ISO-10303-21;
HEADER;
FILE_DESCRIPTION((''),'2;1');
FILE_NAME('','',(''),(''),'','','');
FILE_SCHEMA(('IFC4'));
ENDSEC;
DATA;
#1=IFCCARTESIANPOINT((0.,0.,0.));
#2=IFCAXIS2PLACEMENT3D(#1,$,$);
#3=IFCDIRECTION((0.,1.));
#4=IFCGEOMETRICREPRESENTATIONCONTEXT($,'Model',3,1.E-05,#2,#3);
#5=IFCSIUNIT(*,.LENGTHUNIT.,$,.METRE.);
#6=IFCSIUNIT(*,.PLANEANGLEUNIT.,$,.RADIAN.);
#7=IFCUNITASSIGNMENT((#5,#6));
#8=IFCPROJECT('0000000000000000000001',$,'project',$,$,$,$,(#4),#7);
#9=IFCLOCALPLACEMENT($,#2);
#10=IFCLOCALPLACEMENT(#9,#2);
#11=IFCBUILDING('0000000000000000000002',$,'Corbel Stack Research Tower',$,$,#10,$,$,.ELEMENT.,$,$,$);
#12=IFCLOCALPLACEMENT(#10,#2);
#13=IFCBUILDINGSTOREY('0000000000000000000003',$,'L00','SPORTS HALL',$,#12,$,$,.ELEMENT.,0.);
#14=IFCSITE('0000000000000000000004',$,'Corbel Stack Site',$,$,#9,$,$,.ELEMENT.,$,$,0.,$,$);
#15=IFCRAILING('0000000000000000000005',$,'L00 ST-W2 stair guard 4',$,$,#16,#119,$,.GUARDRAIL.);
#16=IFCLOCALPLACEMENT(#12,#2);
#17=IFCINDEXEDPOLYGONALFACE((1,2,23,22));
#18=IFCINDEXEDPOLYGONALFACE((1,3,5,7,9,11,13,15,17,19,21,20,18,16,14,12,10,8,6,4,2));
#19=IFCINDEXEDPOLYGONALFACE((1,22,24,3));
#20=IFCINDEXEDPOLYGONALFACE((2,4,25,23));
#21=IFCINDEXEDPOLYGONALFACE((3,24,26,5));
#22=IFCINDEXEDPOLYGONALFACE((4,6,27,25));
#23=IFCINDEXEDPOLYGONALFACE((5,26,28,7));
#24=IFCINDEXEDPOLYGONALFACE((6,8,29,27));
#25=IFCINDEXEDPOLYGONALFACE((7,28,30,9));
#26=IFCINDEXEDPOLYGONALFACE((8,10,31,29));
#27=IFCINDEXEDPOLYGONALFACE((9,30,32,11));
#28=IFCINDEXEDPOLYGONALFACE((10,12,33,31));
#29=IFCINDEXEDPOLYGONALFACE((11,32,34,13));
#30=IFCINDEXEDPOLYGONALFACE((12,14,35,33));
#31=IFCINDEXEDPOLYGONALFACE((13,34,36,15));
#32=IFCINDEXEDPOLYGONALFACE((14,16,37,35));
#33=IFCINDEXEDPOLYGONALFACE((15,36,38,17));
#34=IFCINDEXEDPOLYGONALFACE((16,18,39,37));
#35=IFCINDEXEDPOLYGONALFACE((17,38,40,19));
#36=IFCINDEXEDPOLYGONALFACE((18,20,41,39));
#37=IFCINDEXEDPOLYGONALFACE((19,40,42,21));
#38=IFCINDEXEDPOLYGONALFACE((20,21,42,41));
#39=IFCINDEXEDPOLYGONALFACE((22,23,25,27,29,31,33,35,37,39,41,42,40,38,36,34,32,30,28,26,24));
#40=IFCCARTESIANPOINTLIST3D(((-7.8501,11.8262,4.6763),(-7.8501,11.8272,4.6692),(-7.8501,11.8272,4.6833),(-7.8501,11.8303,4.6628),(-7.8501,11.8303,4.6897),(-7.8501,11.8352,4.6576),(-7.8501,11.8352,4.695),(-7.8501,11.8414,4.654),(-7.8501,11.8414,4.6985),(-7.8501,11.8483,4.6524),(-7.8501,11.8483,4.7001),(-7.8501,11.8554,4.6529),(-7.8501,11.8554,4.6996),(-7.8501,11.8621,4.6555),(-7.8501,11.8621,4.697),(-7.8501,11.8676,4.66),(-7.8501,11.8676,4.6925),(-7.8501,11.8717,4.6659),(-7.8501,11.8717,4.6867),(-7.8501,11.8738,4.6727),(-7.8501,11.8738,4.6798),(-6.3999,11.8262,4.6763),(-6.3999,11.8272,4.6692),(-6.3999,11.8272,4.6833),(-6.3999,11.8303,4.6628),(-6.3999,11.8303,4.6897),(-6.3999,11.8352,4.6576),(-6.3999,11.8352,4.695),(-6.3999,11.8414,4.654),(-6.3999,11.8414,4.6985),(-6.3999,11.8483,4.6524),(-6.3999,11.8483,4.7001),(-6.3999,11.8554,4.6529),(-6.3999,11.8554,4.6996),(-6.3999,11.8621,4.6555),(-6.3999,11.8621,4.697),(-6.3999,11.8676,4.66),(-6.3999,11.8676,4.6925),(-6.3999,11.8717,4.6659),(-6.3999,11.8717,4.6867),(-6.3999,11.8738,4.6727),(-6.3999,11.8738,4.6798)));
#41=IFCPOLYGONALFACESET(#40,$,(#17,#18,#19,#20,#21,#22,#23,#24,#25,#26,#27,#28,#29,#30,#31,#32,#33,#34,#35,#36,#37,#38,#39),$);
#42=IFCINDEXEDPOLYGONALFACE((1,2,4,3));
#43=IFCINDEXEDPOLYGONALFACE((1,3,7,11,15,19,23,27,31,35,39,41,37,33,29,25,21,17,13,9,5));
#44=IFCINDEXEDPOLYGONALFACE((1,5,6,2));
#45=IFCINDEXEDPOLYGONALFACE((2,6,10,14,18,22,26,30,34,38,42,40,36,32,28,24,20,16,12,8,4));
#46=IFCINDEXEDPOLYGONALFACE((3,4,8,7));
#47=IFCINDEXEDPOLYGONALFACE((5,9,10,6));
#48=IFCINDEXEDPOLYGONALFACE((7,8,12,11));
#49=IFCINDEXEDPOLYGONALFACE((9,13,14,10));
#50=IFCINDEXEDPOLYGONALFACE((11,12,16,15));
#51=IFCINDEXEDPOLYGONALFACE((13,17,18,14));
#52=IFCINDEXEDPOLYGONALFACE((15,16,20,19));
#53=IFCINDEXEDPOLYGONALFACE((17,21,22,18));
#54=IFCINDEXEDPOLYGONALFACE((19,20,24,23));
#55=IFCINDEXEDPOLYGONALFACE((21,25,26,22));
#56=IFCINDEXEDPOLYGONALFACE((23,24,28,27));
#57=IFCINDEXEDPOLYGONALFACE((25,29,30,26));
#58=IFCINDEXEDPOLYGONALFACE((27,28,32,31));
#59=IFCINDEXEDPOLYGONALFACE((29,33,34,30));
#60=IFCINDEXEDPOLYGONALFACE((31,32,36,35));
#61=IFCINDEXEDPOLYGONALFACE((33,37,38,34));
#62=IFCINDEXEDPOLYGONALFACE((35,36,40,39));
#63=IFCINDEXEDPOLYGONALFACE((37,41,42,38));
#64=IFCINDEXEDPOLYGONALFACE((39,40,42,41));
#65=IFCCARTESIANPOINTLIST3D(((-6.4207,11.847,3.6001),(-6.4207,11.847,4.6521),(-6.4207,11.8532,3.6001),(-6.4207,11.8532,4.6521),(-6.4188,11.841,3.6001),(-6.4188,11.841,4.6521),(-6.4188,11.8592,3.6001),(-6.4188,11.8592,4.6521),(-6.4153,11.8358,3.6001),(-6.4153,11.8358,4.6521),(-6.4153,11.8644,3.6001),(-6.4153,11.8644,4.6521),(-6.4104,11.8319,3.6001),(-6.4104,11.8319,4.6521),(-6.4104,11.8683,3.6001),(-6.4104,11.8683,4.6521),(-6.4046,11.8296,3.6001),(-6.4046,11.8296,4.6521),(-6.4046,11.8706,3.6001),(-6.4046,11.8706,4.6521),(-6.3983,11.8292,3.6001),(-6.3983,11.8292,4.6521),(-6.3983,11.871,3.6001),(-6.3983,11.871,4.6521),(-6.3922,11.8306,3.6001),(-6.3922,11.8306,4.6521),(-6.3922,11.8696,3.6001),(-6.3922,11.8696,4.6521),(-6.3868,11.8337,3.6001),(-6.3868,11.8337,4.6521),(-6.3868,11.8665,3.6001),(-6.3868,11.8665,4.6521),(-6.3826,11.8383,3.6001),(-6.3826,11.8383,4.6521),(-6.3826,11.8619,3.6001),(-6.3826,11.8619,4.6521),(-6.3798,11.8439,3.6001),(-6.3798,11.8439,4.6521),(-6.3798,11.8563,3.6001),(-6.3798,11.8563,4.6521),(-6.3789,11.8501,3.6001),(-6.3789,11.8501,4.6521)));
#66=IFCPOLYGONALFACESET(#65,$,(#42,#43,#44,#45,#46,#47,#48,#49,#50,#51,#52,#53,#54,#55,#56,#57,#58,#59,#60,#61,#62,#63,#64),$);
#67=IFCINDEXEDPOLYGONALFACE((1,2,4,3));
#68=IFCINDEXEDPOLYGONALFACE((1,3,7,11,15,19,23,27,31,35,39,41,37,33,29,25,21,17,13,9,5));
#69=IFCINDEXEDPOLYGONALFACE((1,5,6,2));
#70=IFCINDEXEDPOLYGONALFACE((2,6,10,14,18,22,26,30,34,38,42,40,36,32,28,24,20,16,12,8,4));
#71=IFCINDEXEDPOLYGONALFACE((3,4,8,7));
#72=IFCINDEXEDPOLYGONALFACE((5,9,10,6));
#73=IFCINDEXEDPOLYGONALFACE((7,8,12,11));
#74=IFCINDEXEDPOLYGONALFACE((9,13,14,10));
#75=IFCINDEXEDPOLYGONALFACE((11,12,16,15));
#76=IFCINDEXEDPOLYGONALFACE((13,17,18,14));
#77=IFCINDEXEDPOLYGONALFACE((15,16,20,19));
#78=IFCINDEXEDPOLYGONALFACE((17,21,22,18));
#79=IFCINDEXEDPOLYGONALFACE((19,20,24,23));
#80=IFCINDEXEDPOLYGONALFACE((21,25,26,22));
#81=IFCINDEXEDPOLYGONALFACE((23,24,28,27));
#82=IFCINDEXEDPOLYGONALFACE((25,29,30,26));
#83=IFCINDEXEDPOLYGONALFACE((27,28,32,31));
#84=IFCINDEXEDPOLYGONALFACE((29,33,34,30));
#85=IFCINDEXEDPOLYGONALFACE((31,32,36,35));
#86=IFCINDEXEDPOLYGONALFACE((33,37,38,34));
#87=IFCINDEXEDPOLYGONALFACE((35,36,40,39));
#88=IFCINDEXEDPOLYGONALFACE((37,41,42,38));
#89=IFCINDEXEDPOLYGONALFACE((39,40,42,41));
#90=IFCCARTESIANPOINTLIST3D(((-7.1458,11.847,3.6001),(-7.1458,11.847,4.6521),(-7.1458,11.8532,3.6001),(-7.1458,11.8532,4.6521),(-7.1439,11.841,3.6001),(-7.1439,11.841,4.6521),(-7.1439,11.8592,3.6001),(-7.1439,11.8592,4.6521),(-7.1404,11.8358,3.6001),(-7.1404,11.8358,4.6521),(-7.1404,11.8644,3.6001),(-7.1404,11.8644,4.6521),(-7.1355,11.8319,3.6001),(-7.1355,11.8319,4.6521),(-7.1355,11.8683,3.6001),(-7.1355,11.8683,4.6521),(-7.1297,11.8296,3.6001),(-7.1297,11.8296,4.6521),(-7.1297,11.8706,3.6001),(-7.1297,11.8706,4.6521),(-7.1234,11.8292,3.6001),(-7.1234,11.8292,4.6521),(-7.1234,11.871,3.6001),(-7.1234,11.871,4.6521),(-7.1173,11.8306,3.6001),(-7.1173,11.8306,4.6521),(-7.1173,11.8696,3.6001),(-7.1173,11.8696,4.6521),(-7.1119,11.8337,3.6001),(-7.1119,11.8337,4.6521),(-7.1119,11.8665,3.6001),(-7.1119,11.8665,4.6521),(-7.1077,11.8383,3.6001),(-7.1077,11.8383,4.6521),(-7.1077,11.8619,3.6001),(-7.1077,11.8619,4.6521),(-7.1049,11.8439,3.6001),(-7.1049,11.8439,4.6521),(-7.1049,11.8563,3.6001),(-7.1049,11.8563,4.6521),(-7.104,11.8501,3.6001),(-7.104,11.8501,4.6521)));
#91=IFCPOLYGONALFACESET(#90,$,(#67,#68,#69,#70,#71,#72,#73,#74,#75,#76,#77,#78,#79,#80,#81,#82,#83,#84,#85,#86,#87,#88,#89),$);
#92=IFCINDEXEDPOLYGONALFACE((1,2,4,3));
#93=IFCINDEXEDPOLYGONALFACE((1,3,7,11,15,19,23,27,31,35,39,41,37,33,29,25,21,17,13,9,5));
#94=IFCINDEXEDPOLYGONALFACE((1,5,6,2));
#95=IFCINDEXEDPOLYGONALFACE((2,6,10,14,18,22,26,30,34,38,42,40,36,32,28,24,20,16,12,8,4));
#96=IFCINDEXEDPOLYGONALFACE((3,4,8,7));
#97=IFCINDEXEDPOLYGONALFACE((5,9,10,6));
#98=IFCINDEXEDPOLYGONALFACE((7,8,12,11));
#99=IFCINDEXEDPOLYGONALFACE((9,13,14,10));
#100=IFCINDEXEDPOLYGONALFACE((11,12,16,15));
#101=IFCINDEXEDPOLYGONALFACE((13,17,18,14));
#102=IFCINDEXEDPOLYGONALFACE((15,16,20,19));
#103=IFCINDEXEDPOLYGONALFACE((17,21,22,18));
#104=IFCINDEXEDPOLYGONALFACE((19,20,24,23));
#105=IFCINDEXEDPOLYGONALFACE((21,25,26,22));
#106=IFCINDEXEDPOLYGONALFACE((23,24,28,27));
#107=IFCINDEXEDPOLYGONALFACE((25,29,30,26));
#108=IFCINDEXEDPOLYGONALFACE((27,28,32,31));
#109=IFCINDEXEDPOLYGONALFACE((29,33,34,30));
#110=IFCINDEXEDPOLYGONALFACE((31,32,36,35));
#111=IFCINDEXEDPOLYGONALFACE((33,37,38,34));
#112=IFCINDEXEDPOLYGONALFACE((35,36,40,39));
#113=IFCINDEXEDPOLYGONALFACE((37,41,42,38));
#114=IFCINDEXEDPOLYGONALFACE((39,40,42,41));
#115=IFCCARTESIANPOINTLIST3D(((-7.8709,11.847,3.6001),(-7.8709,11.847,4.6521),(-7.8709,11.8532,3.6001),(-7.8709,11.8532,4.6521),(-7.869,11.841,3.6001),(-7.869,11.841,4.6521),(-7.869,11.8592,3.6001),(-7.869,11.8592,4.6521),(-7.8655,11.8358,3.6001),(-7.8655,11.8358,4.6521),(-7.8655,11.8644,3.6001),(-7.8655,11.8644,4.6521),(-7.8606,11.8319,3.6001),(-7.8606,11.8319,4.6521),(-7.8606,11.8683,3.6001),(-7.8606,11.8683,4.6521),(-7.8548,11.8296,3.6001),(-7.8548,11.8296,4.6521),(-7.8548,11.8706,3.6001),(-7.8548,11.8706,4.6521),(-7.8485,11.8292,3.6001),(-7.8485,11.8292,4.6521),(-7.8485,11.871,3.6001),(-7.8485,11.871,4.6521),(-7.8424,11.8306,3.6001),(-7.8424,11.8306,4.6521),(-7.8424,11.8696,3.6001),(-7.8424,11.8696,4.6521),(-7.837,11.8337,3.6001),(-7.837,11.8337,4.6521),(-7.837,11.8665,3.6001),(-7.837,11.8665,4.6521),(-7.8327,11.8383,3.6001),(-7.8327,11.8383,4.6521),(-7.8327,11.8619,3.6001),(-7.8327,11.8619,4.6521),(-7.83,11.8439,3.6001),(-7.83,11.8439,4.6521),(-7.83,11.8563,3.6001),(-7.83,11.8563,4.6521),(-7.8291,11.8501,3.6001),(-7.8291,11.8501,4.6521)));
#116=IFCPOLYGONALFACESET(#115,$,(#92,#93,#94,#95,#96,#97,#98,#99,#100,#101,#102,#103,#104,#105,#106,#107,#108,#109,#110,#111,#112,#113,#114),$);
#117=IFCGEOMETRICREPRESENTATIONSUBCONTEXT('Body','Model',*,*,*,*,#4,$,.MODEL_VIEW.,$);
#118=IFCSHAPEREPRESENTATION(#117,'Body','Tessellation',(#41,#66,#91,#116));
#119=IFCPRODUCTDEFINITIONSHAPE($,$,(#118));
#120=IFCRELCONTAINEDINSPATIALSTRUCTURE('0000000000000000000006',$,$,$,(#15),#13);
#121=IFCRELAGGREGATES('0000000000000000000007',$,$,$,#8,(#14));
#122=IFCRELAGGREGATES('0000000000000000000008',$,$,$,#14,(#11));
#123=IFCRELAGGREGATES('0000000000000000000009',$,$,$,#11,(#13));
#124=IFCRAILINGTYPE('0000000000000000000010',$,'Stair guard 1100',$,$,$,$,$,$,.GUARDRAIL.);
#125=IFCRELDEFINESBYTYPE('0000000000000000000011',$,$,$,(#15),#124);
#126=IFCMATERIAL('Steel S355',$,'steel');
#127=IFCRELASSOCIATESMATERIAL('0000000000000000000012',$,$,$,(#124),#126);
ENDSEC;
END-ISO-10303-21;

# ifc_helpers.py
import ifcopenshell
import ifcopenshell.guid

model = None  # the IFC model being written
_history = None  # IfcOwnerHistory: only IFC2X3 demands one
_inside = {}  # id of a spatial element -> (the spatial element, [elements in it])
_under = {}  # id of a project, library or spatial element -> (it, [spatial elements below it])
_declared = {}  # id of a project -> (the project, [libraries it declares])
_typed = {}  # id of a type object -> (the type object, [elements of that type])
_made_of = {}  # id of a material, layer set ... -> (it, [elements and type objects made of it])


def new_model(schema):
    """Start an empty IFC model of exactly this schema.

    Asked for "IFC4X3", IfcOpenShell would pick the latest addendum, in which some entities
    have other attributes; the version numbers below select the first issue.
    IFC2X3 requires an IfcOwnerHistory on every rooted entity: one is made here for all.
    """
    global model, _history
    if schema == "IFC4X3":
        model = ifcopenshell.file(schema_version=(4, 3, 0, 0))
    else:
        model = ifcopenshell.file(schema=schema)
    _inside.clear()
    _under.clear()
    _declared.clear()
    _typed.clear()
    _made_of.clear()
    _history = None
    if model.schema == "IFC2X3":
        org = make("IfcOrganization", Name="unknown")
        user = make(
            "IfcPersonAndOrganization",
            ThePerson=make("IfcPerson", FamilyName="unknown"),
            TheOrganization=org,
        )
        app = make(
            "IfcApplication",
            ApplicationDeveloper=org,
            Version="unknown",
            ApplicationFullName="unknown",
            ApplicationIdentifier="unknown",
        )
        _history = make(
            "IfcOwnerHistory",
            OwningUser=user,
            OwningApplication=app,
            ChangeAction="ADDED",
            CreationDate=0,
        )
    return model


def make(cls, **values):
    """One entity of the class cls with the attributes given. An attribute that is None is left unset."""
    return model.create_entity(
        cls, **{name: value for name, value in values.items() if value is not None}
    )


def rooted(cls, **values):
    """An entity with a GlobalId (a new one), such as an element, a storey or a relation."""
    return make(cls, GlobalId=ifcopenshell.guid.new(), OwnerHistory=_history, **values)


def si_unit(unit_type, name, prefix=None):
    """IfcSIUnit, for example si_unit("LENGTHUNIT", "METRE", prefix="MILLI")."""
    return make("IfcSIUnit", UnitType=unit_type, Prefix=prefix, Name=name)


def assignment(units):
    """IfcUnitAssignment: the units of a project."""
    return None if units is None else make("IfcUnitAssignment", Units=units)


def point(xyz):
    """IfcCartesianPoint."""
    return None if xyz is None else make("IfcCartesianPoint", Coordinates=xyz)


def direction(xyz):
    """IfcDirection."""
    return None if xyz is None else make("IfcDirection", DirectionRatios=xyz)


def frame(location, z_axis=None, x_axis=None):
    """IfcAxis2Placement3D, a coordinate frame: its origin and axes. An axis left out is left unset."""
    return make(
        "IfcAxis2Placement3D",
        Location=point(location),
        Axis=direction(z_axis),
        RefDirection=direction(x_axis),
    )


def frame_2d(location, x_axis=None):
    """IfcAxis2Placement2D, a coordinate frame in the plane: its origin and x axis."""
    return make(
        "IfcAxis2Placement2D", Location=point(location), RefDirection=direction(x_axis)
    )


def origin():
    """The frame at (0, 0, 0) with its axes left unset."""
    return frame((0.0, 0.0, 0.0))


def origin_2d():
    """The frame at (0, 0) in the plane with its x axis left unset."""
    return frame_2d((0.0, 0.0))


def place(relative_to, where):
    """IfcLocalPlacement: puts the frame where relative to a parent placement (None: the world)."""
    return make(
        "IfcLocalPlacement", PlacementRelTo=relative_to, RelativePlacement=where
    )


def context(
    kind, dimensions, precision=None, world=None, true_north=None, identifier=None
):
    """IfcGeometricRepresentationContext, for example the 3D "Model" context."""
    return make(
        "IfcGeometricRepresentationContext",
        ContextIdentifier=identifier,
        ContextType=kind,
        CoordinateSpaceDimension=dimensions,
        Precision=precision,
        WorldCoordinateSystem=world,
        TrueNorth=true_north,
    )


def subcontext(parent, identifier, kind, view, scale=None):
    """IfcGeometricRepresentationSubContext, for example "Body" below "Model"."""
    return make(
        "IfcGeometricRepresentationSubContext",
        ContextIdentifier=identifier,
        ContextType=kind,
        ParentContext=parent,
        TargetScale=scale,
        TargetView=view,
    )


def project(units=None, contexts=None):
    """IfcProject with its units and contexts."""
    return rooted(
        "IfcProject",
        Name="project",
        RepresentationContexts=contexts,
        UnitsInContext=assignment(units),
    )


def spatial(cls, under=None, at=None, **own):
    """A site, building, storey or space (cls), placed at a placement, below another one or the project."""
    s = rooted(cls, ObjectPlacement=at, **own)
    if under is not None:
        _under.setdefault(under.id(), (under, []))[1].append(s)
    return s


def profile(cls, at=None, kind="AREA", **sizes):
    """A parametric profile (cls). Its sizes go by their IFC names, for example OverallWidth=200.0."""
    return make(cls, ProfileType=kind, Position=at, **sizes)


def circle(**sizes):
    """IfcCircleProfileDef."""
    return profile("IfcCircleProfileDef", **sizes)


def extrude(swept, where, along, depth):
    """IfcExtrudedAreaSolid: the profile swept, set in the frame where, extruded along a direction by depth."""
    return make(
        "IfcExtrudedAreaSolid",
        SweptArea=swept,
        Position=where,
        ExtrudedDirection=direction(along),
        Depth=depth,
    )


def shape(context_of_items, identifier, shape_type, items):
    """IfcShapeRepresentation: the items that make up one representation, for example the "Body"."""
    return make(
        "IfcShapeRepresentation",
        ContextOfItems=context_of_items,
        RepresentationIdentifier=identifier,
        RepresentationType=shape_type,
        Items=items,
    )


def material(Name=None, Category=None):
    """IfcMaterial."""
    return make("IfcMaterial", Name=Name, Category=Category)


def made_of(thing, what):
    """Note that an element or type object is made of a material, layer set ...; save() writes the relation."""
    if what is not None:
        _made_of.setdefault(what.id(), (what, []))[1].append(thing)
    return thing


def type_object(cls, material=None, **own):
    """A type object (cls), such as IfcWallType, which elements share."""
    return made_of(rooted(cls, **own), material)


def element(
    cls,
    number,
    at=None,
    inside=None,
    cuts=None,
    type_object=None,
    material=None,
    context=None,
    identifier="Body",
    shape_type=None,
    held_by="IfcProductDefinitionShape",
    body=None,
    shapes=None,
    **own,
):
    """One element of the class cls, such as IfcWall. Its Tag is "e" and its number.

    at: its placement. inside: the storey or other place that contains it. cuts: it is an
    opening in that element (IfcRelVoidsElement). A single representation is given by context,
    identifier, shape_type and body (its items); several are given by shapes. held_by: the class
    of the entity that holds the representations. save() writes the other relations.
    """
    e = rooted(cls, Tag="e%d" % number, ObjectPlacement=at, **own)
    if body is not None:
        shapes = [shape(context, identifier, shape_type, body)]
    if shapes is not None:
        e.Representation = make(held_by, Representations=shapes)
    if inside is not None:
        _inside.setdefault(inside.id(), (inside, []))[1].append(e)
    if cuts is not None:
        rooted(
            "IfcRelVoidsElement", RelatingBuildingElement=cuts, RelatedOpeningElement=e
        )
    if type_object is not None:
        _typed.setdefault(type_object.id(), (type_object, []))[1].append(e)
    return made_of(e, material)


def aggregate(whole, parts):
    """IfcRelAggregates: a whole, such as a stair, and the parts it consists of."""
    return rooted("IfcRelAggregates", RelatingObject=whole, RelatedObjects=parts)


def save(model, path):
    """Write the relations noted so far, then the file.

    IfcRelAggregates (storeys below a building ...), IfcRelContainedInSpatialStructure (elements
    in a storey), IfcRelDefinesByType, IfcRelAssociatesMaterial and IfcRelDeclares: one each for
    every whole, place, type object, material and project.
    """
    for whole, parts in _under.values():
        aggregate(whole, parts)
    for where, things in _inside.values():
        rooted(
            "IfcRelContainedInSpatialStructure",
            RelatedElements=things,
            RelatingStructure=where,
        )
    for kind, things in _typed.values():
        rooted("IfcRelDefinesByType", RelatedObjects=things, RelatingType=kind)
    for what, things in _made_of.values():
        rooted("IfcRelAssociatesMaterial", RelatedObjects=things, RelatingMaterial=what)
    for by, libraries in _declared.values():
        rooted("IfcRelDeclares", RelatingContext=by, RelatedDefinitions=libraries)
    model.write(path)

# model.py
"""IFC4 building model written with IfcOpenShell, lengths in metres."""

from ifc_helpers import new_model, si_unit, direction, frame, origin, origin_2d, place, context, subcontext, project, spatial, circle, extrude, material, type_object, element, save


model = new_model("IFC4")

# Units and contexts
model_context = context("Model", 3, precision=1e-05, world=origin(), true_north=direction((0.0, 1.0)))
body_context = subcontext(model_context, "Body", "Model", "MODEL_VIEW")
ifc_project = project(units=[si_unit("LENGTHUNIT", "METRE"), si_unit("PLANEANGLEUNIT", "RADIAN")], contexts=[model_context])

# Site, building, storey
site_placement = place(None, origin())
site = spatial("IfcSite", under=ifc_project, at=site_placement, Name="Corbel Stack Site", CompositionType="ELEMENT", RefElevation=0.0)
building_placement = place(site_placement, origin())
building = spatial("IfcBuilding", under=site, at=building_placement, Name="Corbel Stack Research Tower", CompositionType="ELEMENT")
storey_placement = place(building_placement, origin())
storey = spatial("IfcBuildingStorey", under=building, at=storey_placement, Name="L00", Description="SPORTS HALL", CompositionType="ELEMENT", Elevation=0.0)

# Railing
ifc_material_1 = material(Name="Steel S355", Category="steel")
railing_type_1 = type_object("IfcRailingType", Name="Stair guard 1100", PredefinedType="GUARDRAIL", material=ifc_material_1)
railing_1_placement = place(storey_placement, frame((-6.3999, 11.8501, 3.6001)))
element("IfcRailing", 1, at=railing_1_placement, inside=storey, type_object=railing_type_1, Name="L00 ST-W2 stair guard 4", PredefinedType="GUARDRAIL", context=body_context, shape_type="SweptSolid", body=[
    extrude(circle(Radius=0.0239, at=origin_2d()), frame((0.0, 0.0, 1.0762), z_axis=(-1.0, 0.0, 0.0), x_axis=(0.0, -1.0, 0.0)), (0.0, 0.0, 1.0), 1.4502),
    extrude(circle(Radius=0.021, at=origin_2d()), origin(), (0.0, 0.0, 1.0), 1.052),
    extrude(circle(Radius=0.021, at=origin_2d()), frame((-0.7251, 0.0, 0.0)), (0.0, 0.0, 1.0), 1.052),
    extrude(circle(Radius=0.021, at=origin_2d()), frame((-1.4502, 0.0, 0.0)), (0.0, 0.0, 1.0), 1.052),
])

save(model, "model.ifc")
